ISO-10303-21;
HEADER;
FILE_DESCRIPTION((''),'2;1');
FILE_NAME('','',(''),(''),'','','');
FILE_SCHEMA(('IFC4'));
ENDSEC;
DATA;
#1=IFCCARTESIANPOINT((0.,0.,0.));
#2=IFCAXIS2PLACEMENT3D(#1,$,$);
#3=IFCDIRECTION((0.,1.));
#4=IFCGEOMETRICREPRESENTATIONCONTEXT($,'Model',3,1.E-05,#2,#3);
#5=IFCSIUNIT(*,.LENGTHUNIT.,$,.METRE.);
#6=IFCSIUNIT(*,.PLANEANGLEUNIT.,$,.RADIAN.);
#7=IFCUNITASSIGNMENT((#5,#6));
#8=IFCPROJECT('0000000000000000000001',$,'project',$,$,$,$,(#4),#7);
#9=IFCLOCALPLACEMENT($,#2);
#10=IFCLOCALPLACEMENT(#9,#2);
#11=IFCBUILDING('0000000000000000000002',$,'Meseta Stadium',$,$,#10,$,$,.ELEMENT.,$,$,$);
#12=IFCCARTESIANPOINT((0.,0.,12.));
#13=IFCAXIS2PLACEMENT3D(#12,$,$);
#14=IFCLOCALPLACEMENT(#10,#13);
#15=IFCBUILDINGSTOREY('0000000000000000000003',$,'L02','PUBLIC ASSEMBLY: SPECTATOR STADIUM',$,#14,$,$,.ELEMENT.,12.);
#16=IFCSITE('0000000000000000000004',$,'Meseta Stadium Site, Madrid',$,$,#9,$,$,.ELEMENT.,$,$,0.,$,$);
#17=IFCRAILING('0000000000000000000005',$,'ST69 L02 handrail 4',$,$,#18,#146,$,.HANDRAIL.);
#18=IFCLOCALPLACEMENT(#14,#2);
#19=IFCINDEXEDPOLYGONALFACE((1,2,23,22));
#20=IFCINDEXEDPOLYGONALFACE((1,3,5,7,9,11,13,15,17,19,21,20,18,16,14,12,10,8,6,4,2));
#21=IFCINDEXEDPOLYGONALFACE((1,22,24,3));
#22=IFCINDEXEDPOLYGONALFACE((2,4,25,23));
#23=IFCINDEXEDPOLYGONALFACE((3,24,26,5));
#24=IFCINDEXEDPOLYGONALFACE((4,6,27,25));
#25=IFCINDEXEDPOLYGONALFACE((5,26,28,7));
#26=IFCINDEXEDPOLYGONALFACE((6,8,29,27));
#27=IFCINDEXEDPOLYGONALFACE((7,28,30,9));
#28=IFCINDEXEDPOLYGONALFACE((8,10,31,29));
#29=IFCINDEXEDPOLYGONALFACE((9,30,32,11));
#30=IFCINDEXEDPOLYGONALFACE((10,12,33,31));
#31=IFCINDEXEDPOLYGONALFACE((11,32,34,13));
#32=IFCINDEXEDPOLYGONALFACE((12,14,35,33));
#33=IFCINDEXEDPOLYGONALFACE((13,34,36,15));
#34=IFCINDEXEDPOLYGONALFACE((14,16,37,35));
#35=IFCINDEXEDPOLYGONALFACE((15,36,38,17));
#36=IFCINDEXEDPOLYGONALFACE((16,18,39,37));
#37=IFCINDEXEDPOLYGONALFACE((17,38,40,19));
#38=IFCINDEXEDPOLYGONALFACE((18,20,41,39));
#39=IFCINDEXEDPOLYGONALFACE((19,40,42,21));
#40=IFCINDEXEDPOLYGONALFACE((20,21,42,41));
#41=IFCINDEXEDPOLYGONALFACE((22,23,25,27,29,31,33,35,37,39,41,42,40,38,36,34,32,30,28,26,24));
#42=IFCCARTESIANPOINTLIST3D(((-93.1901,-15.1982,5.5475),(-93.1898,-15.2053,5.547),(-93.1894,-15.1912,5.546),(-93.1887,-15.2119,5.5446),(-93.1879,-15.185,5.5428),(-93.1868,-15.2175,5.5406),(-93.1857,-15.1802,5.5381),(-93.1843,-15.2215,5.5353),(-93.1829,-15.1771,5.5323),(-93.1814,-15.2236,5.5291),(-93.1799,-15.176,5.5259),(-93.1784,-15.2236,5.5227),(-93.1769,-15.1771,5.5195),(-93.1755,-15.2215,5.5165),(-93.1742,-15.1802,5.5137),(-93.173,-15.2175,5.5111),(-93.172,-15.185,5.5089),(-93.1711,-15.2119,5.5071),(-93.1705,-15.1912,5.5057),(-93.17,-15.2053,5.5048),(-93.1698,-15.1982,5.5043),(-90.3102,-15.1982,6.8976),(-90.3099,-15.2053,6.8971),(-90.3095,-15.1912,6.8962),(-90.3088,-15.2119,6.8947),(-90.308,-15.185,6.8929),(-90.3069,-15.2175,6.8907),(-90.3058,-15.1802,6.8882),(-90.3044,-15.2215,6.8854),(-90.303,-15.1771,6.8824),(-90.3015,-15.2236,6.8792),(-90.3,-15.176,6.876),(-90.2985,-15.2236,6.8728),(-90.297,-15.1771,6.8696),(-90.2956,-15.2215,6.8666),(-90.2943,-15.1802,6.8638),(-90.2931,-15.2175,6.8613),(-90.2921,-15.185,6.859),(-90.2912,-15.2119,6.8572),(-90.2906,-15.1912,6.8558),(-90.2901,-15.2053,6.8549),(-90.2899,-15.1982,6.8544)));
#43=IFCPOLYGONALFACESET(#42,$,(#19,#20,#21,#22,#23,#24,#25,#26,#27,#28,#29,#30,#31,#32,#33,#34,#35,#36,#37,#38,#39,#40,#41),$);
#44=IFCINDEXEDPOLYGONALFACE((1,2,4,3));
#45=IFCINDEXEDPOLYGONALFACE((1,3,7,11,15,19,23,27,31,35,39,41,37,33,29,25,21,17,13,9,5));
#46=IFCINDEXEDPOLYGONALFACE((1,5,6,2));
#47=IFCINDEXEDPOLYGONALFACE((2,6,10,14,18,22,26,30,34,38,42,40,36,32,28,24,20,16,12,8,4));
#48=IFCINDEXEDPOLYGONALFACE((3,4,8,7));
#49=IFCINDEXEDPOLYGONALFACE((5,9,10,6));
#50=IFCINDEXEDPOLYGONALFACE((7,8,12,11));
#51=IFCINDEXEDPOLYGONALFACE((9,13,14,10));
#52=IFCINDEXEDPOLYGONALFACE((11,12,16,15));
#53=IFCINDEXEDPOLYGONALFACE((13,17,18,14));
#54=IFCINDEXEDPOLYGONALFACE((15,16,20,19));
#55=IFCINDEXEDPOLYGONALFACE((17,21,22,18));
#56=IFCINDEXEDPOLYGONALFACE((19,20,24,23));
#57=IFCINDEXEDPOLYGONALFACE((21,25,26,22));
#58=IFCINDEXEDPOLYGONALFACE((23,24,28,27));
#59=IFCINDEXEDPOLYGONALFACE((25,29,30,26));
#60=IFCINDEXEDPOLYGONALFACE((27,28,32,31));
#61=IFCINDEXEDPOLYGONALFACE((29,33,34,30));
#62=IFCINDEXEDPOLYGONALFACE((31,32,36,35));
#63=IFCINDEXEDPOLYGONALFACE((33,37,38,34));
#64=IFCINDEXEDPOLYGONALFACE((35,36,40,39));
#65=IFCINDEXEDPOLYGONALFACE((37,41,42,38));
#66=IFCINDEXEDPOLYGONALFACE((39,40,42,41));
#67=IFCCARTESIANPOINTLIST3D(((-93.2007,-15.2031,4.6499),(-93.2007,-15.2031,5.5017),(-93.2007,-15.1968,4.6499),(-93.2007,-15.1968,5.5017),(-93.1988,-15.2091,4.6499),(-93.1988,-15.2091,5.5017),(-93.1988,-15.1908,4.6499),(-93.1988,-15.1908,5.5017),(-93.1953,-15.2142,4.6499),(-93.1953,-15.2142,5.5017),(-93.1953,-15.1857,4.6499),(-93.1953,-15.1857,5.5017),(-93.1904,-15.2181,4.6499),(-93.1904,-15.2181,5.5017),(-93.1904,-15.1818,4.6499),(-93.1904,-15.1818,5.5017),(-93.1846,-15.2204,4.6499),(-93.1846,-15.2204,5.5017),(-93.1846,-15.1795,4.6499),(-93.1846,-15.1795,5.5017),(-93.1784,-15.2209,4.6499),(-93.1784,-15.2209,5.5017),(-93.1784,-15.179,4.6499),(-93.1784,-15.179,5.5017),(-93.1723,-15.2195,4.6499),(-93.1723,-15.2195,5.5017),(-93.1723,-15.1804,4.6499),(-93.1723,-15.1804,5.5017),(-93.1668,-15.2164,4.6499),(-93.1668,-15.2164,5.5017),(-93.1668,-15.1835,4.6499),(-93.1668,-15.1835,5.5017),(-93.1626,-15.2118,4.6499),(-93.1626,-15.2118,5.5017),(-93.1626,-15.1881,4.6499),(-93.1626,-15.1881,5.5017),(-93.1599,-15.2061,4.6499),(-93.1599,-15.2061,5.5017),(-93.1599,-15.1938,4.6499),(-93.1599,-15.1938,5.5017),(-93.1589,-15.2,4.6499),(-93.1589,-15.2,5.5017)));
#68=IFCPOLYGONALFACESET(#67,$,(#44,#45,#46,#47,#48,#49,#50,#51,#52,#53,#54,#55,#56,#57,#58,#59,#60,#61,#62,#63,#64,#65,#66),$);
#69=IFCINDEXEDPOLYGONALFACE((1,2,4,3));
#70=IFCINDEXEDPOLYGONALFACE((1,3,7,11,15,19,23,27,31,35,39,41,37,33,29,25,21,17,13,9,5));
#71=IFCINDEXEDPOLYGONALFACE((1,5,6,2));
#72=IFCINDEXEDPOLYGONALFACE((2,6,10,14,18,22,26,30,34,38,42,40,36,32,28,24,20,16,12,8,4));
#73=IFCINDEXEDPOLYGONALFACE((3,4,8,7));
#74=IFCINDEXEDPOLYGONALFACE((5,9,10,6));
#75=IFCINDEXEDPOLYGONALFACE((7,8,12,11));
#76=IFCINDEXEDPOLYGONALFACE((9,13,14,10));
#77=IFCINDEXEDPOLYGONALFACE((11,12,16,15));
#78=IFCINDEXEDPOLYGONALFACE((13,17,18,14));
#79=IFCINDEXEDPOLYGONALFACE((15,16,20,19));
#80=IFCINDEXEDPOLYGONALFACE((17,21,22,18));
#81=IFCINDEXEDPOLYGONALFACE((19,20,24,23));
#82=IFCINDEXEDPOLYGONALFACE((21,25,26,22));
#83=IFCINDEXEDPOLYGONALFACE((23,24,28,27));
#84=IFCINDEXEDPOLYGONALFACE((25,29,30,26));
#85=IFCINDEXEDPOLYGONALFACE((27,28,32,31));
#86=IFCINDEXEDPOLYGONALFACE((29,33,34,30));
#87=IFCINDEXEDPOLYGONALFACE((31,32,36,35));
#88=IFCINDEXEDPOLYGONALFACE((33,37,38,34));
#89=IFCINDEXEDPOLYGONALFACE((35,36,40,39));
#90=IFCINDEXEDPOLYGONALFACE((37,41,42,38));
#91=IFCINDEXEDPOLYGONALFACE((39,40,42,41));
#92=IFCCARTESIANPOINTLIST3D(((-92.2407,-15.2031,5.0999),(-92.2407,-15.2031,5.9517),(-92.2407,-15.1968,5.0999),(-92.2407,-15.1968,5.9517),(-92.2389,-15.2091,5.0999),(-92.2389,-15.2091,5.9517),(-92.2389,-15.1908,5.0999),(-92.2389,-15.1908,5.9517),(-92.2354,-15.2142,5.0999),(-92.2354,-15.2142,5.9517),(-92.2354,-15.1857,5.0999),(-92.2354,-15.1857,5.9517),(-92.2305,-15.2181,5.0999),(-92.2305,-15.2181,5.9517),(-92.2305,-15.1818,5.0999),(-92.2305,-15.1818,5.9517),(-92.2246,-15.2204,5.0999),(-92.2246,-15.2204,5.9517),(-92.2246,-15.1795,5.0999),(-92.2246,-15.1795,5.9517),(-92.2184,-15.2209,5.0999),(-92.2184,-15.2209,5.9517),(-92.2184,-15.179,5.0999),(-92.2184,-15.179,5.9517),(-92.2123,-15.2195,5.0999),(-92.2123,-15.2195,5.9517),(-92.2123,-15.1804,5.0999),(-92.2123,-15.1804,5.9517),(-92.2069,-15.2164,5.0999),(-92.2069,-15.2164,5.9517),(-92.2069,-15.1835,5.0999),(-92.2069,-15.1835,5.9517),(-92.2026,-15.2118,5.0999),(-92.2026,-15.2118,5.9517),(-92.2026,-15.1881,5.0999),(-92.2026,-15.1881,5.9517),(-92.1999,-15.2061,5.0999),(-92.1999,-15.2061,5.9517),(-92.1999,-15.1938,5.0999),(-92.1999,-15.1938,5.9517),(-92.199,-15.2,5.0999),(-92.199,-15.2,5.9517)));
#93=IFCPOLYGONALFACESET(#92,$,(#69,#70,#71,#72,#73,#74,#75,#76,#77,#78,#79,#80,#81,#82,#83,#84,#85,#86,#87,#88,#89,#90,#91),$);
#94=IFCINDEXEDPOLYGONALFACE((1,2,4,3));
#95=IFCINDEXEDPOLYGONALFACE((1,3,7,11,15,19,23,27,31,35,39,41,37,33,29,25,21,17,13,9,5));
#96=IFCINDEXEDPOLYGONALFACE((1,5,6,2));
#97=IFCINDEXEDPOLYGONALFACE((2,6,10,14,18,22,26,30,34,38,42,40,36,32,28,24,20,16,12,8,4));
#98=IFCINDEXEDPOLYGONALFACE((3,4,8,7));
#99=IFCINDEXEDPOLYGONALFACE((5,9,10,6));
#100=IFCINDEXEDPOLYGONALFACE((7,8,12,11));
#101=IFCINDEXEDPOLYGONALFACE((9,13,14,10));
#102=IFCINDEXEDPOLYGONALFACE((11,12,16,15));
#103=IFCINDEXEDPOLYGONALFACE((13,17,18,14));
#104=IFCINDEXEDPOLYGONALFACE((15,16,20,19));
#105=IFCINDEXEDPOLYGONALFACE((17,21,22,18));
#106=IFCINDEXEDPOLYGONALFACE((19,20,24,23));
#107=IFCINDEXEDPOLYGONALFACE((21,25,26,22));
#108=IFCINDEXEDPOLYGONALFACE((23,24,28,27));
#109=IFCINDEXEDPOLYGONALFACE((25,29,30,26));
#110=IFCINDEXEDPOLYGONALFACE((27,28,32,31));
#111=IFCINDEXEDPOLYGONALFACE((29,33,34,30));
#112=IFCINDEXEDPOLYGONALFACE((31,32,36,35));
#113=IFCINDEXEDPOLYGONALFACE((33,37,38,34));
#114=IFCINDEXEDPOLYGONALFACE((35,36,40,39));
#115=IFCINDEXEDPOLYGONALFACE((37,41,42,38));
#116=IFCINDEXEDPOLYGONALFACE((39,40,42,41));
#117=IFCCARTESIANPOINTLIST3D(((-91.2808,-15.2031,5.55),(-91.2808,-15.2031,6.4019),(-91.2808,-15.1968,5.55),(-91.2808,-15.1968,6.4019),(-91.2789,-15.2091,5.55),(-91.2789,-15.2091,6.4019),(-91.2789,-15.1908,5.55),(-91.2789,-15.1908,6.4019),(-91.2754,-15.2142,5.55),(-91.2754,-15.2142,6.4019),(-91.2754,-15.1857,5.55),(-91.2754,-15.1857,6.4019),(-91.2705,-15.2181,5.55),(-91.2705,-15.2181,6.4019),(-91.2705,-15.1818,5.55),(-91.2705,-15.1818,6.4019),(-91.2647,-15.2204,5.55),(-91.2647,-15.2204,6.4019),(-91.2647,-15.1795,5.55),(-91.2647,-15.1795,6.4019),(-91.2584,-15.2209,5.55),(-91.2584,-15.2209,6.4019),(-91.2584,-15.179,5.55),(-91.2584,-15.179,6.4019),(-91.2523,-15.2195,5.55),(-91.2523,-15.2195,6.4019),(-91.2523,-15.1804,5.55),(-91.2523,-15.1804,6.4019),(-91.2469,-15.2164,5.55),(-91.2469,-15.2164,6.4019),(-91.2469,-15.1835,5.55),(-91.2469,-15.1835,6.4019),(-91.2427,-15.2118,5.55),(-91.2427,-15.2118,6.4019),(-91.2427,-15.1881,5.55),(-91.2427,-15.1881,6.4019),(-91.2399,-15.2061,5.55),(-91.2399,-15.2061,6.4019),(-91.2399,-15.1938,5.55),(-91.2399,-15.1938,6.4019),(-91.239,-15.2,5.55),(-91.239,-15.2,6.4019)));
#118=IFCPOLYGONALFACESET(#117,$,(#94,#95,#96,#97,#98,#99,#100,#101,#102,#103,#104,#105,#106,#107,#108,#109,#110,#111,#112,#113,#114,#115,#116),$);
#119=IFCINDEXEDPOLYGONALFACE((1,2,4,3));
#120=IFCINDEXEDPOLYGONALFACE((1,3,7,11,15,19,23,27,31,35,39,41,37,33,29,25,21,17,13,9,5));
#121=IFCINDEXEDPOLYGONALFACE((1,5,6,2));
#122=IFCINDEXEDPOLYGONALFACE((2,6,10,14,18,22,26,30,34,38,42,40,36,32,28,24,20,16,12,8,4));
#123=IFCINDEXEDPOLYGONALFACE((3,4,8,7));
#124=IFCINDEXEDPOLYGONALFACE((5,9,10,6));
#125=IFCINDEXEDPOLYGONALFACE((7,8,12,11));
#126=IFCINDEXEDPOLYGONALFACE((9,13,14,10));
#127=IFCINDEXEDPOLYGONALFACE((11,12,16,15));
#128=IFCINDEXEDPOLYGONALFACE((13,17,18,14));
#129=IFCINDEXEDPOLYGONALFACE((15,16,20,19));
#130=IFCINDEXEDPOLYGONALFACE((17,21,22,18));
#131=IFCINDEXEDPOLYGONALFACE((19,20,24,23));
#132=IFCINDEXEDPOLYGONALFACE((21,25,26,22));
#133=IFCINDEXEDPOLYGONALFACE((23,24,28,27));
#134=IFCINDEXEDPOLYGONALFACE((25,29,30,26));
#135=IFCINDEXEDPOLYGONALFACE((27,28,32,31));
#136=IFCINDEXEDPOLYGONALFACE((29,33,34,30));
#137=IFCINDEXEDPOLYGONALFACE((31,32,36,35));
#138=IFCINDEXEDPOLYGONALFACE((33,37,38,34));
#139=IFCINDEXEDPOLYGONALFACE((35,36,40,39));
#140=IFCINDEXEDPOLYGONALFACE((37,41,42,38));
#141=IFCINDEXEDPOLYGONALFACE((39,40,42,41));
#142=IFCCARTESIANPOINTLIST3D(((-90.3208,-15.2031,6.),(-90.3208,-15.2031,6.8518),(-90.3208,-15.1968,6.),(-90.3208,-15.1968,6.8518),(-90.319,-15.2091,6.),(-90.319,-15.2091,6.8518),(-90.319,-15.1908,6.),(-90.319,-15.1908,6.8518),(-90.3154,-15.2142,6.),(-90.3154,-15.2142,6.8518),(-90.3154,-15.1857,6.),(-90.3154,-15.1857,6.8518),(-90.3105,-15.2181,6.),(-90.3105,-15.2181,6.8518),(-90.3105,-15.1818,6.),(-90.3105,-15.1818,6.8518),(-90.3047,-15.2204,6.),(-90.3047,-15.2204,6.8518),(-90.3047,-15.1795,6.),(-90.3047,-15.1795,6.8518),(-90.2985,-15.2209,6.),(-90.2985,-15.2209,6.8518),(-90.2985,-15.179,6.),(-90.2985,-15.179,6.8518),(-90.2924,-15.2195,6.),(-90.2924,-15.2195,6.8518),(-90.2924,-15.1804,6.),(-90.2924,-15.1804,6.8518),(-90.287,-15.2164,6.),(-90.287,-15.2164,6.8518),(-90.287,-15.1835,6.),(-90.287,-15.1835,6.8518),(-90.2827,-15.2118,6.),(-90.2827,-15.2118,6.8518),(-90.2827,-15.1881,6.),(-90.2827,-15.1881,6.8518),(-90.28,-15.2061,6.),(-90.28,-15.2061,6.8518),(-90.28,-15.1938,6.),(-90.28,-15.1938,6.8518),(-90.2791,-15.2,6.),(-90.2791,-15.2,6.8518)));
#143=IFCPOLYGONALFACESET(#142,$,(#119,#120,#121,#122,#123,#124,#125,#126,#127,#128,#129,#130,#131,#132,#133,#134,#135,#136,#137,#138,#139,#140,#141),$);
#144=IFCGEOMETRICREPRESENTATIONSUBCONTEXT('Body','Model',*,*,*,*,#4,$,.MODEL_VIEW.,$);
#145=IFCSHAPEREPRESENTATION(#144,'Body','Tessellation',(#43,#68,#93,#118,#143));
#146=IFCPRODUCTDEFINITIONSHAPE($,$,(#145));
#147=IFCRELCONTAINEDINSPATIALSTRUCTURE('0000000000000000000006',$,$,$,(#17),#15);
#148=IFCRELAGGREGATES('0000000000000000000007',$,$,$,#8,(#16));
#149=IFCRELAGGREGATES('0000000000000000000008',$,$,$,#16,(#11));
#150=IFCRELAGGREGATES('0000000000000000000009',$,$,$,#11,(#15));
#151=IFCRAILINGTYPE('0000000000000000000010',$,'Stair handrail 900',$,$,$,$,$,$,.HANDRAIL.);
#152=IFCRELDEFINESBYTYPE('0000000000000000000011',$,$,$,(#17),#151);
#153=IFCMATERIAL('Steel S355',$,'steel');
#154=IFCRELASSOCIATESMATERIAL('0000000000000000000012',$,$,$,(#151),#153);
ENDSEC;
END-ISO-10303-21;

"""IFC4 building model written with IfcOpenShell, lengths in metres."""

from ifc_helpers import new_model, si_unit, direction, frame, origin, origin_2d, place, context, subcontext, project, spatial, circle, extrude, material, type_object, element, save


model = new_model("IFC4")

# Units and contexts
model_context = context("Model", 3, precision=1e-05, world=origin(), true_north=direction((0.0, 1.0)))
body_context = subcontext(model_context, "Body", "Model", "MODEL_VIEW")
ifc_project = project(units=[si_unit("LENGTHUNIT", "METRE"), si_unit("PLANEANGLEUNIT", "RADIAN")], contexts=[model_context])

# Site, building, storey
site_placement = place(None, origin())
site = spatial("IfcSite", under=ifc_project, at=site_placement, Name="Meseta Stadium Site, Madrid", CompositionType="ELEMENT", RefElevation=0.0)
building_placement = place(site_placement, origin())
building = spatial("IfcBuilding", under=site, at=building_placement, Name="Meseta Stadium", CompositionType="ELEMENT")
storey_placement = place(building_placement, frame((0.0, 0.0, 12.0)))
storey = spatial("IfcBuildingStorey", under=building, at=storey_placement, Name="L02", Description="PUBLIC ASSEMBLY: SPECTATOR STADIUM", CompositionType="ELEMENT", Elevation=12.0)

# Railing
ifc_material_1 = material(Name="Steel S355", Category="steel")
railing_type_1 = type_object("IfcRailingType", Name="Stair handrail 900", PredefinedType="HANDRAIL", material=ifc_material_1)
railing_1_placement = place(storey_placement, frame((-93.1799, -15.2, 4.6499)))
element("IfcRailing", 1, at=railing_1_placement, inside=storey, type_object=railing_type_1, Name="ST69 L02 handrail 4", PredefinedType="HANDRAIL", context=body_context, shape_type="SweptSolid", body=[
    extrude(circle(Radius=0.0239, at=origin_2d()), frame((0.0, 0.0, 0.876), z_axis=(0.90544, 0.0, 0.424473), x_axis=(0.0, 1.0, 0.0)), (0.0, 0.0, 1.0), 3.1807),
    extrude(circle(Radius=0.021, at=origin_2d()), origin(), (0.0, 0.0, 1.0), 0.8518),
    extrude(circle(Radius=0.021, at=origin_2d()), frame((0.96, 0.0, 0.45)), (0.0, 0.0, 1.0), 0.8518),
    extrude(circle(Radius=0.021, at=origin_2d()), frame((1.9199, 0.0, 0.9001)), (0.0, 0.0, 1.0), 0.8518),
    extrude(circle(Radius=0.021, at=origin_2d()), frame((2.8799, 0.0, 1.3501)), (0.0, 0.0, 1.0), 0.8518),
])

save(model, "model.ifc")
